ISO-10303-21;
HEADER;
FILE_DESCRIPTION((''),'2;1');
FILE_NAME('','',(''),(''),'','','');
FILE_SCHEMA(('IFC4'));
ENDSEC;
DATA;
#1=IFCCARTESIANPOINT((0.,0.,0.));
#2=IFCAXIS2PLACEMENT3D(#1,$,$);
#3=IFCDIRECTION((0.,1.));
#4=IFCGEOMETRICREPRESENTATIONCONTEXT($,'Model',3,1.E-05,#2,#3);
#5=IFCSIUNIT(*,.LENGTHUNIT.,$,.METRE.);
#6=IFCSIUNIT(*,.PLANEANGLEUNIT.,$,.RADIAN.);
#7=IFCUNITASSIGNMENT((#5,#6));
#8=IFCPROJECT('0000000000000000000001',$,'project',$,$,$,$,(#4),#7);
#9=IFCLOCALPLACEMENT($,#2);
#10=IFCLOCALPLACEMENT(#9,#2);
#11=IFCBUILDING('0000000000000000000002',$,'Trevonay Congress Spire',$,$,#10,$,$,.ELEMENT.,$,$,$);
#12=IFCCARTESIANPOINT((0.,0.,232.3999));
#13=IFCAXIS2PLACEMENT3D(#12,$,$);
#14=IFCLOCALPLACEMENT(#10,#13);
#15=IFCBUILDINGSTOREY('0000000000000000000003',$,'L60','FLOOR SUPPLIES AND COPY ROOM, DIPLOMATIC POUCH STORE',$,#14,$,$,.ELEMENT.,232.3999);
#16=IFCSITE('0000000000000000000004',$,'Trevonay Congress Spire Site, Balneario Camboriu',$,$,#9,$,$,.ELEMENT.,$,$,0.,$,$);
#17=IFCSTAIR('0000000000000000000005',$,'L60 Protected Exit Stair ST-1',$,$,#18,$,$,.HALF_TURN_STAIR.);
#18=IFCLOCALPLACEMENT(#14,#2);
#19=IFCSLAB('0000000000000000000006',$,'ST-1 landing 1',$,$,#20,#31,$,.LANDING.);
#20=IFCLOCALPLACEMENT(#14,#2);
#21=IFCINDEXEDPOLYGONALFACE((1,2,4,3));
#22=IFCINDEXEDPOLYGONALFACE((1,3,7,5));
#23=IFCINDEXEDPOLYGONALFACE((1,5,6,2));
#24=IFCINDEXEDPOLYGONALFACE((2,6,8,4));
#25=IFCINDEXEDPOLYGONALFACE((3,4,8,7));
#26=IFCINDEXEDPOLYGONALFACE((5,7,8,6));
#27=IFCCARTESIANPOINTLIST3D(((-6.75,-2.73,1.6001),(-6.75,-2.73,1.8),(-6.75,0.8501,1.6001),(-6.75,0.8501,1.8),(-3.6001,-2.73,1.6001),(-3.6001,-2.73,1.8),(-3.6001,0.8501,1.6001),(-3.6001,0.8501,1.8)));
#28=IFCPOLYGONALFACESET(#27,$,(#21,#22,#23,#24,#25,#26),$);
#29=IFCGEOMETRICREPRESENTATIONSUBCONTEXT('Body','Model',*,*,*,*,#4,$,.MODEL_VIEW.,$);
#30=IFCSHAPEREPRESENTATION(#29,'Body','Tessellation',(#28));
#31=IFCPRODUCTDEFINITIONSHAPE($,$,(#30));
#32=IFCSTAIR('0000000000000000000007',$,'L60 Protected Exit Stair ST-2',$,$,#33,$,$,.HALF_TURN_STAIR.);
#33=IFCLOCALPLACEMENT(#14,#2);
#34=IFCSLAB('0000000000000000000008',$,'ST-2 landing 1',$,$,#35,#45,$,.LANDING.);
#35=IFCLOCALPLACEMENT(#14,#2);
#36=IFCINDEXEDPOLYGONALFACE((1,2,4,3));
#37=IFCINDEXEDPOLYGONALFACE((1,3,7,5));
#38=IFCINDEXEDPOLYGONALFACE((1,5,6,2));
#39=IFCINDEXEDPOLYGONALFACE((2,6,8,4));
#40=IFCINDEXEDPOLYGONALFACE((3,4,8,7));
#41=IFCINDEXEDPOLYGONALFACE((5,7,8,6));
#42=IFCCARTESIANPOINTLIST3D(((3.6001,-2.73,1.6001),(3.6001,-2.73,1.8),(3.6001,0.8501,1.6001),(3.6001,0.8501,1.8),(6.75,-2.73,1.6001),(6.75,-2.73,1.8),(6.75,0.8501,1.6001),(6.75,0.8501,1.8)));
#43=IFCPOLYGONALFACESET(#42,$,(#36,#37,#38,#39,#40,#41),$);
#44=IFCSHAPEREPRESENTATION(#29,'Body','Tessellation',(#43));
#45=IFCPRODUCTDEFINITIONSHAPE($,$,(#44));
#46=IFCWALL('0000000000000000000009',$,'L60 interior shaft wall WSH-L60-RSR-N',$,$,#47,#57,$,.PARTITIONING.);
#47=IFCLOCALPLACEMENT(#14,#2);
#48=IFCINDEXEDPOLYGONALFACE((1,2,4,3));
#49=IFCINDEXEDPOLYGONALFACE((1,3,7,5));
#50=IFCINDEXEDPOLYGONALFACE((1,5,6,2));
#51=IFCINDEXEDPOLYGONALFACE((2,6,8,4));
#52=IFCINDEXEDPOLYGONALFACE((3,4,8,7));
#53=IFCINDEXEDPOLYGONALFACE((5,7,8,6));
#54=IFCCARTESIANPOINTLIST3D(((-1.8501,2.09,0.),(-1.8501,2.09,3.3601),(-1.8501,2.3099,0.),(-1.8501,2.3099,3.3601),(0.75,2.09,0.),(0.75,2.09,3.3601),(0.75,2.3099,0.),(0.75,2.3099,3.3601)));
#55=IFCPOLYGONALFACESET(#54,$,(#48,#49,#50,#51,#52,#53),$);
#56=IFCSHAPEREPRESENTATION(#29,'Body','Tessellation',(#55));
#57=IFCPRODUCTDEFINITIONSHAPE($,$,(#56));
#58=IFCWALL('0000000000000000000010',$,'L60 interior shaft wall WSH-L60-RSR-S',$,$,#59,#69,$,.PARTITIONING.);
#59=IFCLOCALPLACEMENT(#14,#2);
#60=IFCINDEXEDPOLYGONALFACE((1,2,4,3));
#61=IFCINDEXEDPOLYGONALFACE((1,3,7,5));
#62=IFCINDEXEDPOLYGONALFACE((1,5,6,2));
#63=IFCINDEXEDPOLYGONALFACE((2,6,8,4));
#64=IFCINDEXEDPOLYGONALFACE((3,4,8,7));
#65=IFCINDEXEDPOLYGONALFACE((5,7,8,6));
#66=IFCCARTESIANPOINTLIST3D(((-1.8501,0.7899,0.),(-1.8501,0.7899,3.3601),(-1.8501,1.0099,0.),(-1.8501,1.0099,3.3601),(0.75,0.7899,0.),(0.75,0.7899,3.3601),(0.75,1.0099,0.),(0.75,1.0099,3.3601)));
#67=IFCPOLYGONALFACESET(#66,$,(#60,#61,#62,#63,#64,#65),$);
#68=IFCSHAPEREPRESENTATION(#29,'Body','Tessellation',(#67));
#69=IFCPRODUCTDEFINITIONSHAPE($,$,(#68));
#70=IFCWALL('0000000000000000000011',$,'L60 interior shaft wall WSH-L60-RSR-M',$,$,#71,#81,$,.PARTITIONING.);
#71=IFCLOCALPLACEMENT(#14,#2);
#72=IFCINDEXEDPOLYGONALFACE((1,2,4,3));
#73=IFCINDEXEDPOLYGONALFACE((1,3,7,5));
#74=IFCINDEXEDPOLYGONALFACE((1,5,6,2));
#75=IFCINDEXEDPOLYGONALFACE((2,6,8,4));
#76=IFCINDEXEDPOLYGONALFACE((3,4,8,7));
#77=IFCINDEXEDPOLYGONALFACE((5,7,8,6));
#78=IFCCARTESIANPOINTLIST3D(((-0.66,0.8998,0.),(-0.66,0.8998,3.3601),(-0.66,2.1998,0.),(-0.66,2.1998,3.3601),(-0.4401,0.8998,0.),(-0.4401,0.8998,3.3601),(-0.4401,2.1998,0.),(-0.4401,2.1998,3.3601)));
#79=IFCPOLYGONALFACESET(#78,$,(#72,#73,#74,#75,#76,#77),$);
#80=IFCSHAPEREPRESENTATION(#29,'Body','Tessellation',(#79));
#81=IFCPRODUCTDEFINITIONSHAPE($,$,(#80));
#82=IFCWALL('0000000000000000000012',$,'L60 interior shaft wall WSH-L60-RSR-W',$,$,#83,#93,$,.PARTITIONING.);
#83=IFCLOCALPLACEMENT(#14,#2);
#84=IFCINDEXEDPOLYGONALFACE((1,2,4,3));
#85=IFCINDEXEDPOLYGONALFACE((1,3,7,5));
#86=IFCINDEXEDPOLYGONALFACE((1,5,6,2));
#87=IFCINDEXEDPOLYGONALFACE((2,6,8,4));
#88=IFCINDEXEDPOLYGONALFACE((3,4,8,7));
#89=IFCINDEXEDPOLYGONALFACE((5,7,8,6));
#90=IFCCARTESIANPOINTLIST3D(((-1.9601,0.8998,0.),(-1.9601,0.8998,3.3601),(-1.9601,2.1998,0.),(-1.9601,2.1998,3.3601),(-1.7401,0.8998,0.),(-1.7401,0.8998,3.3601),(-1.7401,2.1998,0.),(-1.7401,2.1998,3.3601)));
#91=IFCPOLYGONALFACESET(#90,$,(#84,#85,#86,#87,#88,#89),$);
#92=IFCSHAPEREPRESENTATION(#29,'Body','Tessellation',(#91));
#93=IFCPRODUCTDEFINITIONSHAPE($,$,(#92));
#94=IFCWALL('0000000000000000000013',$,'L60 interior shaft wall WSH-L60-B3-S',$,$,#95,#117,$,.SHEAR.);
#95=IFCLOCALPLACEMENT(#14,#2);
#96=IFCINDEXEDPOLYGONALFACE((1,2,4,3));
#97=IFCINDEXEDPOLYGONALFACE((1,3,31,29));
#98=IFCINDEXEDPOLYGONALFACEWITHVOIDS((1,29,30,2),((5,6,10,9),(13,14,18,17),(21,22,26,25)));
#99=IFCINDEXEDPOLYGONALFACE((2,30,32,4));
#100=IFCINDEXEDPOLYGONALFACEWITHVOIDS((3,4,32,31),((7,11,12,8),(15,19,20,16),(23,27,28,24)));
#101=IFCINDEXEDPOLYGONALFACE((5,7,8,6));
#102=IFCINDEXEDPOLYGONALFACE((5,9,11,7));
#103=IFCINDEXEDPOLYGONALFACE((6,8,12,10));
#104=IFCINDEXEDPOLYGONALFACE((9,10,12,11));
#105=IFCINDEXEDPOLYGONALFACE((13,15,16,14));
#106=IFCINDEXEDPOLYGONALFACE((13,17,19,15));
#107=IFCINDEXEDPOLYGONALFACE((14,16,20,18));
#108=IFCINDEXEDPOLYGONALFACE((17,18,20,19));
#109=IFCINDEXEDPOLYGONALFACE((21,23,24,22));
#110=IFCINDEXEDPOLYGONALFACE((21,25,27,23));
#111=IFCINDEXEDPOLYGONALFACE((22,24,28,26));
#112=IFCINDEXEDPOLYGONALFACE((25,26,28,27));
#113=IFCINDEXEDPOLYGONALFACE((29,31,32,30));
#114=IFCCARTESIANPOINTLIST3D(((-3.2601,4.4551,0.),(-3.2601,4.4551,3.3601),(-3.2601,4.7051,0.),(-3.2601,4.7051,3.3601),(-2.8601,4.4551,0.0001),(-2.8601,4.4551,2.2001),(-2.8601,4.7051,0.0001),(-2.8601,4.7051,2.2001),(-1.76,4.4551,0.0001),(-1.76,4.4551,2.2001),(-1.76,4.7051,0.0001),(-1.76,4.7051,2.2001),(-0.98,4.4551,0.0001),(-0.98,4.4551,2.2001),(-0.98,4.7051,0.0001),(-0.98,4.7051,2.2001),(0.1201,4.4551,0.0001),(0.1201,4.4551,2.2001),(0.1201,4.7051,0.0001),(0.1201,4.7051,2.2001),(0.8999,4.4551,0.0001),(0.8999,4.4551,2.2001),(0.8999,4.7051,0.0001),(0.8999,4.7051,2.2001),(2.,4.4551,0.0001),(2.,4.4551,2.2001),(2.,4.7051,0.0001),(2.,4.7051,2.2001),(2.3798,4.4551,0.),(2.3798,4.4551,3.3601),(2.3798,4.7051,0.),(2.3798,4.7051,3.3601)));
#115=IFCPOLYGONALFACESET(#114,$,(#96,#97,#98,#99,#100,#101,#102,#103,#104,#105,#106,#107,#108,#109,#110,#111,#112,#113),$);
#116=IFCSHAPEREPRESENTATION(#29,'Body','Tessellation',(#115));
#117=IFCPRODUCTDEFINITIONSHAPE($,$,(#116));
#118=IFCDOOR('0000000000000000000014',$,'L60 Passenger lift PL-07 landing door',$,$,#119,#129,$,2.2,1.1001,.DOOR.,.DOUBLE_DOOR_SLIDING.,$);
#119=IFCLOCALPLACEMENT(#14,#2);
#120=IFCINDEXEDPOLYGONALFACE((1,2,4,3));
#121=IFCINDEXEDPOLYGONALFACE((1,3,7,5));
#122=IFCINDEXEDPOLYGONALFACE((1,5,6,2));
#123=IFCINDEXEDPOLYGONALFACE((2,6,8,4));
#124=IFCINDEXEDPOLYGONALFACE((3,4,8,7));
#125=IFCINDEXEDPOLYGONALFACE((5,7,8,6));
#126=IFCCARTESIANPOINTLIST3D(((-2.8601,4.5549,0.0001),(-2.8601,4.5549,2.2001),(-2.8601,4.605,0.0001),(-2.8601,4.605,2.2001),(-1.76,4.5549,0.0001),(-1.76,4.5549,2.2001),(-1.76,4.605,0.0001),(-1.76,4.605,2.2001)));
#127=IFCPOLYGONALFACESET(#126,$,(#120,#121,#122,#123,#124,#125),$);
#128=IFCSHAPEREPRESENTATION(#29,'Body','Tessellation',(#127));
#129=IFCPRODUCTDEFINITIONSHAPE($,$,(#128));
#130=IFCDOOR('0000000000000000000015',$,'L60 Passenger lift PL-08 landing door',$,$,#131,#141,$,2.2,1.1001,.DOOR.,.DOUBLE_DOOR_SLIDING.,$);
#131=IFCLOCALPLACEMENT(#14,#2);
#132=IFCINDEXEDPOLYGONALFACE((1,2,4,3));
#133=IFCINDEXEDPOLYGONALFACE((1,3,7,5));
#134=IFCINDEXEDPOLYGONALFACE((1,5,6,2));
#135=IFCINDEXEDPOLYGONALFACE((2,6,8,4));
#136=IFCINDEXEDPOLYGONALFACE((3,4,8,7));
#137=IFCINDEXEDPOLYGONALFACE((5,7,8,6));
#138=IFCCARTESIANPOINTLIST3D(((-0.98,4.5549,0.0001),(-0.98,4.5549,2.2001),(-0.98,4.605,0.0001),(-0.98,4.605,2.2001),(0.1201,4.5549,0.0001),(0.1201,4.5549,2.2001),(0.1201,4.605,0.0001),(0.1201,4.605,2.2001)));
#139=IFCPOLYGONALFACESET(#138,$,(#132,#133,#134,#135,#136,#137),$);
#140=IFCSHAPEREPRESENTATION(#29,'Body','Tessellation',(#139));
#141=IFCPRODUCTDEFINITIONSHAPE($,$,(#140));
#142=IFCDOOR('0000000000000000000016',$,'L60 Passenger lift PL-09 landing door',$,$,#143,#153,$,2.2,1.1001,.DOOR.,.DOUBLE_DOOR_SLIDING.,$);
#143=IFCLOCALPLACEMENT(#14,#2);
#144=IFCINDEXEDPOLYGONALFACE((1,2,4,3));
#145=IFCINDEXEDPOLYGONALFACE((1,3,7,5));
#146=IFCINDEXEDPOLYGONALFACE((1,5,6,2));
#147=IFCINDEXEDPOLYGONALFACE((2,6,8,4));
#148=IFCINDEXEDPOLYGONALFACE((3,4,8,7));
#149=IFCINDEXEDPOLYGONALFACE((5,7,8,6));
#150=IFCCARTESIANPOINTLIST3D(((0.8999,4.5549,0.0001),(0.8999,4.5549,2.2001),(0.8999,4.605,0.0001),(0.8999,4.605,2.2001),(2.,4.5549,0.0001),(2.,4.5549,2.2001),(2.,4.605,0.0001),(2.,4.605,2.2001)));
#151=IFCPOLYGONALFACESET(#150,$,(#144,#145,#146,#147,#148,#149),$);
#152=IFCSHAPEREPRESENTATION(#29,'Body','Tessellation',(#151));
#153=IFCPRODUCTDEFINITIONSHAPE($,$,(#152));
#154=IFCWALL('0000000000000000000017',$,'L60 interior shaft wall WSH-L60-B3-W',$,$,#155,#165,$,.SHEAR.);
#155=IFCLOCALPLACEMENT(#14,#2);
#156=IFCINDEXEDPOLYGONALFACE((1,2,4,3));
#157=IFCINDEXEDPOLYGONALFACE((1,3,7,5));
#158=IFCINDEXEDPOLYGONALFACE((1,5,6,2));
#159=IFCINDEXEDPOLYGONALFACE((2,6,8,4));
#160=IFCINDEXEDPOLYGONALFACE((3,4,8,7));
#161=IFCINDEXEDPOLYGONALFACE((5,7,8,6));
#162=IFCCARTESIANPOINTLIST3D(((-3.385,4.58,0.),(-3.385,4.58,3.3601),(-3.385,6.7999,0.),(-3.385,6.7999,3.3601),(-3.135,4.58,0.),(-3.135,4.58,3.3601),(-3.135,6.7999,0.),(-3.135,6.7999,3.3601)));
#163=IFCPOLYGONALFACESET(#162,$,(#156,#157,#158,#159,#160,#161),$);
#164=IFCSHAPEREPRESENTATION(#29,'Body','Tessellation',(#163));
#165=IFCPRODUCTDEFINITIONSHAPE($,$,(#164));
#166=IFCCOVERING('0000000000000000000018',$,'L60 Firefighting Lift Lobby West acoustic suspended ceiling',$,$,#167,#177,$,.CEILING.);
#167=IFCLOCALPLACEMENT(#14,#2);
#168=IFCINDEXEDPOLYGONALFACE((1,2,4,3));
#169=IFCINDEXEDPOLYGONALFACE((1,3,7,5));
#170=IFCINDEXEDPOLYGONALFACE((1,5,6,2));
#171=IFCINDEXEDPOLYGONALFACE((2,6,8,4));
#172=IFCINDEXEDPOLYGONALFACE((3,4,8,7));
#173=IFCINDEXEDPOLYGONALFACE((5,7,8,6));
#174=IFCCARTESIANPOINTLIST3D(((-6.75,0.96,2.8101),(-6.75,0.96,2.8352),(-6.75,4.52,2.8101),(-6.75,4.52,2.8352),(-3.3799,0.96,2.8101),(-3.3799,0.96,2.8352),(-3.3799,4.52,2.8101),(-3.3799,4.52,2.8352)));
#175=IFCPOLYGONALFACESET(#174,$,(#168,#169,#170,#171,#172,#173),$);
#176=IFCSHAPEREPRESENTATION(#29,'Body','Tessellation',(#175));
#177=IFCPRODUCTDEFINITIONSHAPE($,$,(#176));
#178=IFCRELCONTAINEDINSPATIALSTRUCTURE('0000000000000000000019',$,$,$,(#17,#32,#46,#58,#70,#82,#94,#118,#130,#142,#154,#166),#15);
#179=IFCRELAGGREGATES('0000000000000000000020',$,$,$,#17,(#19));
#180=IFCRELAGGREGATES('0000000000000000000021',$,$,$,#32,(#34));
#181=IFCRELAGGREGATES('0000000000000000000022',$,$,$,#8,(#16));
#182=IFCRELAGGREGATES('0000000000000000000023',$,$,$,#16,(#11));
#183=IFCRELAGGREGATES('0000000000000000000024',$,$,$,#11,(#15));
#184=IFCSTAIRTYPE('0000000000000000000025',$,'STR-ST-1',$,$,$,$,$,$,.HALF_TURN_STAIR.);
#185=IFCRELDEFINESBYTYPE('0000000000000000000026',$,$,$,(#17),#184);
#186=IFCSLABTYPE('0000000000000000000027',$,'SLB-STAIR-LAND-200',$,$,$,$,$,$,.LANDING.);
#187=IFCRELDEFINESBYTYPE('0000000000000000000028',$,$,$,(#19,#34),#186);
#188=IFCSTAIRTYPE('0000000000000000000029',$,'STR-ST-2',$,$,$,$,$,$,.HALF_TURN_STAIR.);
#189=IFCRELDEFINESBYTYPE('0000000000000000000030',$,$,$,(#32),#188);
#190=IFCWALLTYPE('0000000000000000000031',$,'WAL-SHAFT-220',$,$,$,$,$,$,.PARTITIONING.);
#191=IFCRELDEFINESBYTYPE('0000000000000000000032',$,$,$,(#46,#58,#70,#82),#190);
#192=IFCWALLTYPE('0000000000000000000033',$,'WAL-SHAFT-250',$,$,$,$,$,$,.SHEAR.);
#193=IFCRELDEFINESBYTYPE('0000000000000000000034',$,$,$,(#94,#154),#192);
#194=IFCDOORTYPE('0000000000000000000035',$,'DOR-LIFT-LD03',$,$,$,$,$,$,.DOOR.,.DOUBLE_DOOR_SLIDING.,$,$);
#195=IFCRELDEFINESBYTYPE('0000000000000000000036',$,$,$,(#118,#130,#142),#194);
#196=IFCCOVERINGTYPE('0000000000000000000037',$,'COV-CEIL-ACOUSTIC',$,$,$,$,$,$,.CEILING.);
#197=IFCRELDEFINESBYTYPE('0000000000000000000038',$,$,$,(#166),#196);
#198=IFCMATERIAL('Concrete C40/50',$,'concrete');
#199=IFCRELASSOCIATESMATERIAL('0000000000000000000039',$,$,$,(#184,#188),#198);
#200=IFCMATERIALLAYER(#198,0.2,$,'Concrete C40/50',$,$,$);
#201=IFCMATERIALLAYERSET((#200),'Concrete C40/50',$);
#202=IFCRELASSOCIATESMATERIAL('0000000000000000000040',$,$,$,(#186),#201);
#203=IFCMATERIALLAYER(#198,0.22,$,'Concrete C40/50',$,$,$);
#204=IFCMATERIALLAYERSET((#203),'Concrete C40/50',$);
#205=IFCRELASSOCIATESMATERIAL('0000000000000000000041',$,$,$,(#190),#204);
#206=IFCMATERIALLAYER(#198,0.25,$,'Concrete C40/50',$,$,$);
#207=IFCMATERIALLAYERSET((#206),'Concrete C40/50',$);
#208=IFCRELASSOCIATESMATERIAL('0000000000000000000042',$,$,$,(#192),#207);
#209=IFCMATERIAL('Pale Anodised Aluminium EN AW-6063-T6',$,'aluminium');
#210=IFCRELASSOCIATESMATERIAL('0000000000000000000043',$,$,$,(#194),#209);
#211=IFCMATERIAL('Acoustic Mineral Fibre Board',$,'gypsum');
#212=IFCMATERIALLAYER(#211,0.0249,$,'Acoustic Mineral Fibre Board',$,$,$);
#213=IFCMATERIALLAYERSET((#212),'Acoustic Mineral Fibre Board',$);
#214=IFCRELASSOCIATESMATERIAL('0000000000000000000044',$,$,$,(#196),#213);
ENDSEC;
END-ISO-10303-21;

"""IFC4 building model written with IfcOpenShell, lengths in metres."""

from ifc_helpers import new_model, si_unit, direction, frame, frame_2d, origin, place, context, subcontext, project, spatial, polyline, rectangle, outline, extrude, material, layer, layer_set, type_object, element, fill, aggregate, save


model = new_model("IFC4")

# Units and contexts
model_context = context("Model", 3, precision=1e-05, world=origin(), true_north=direction((0.0, 1.0)))
body_context = subcontext(model_context, "Body", "Model", "MODEL_VIEW")
ifc_project = project(units=[si_unit("LENGTHUNIT", "METRE"), si_unit("PLANEANGLEUNIT", "RADIAN")], contexts=[model_context])

# Site, building, storey
site_placement = place(None, origin())
site = spatial("IfcSite", under=ifc_project, at=site_placement, Name="Trevonay Congress Spire Site, Balneario Camboriu", CompositionType="ELEMENT", RefElevation=0.0)
building_placement = place(site_placement, origin())
building = spatial("IfcBuilding", under=site, at=building_placement, Name="Trevonay Congress Spire", CompositionType="ELEMENT")
storey_placement = place(building_placement, frame((0.0, 0.0, 232.3999)))
storey = spatial("IfcBuildingStorey", under=building, at=storey_placement, Name="L60", Description="FLOOR SUPPLIES AND COPY ROOM, DIPLOMATIC POUCH STORE", CompositionType="ELEMENT", Elevation=232.3999)

# Stairs, slabs
ifc_material_1 = material(Name="Concrete C40/50", Category="concrete")
stair_type_1 = type_object("IfcStairType", Name="STR-ST-1", PredefinedType="HALF_TURN_STAIR", material=ifc_material_1)
stair_1_placement = place(storey_placement, origin())
stair_1 = element("IfcStair", 1, at=stair_1_placement, inside=storey, type_object=stair_type_1, Name="L60 Protected Exit Stair ST-1", PredefinedType="HALF_TURN_STAIR")
ifc_layer_1 = layer(ifc_material_1, 0.2, Name="Concrete C40/50")
ifc_layer_set_1 = layer_set([ifc_layer_1], Name="Concrete C40/50")
slab_type = type_object("IfcSlabType", Name="SLB-STAIR-LAND-200", PredefinedType="LANDING", material=ifc_layer_set_1)
slab_1_placement = place(storey_placement, frame((0.0, 0.0, 1.6001)))
slab_1 = element("IfcSlab", 2, at=slab_1_placement, type_object=slab_type, Name="ST-1 landing 1", PredefinedType="LANDING", context=body_context, shape_type="SweptSolid", body=[
    extrude(outline(polyline([(-3.6001, -2.73), (-3.6001, 0.8501), (-6.75, 0.8501), (-6.75, -2.73), (-3.6001, -2.73)])), origin(), (0.0, 0.0, 1.0), 0.2),
])
aggregate(stair_1, [slab_1])
stair_type_2 = type_object("IfcStairType", Name="STR-ST-2", PredefinedType="HALF_TURN_STAIR", material=ifc_material_1)
stair_2_placement = place(storey_placement, origin())
stair_2 = element("IfcStair", 3, at=stair_2_placement, inside=storey, type_object=stair_type_2, Name="L60 Protected Exit Stair ST-2", PredefinedType="HALF_TURN_STAIR")
slab_2_placement = place(storey_placement, frame((0.0, 0.0, 1.6001)))
slab_2 = element("IfcSlab", 4, at=slab_2_placement, type_object=slab_type, Name="ST-2 landing 1", PredefinedType="LANDING", context=body_context, shape_type="SweptSolid", body=[
    extrude(outline(polyline([(6.75, -2.73), (6.75, 0.8501), (3.6001, 0.8501), (3.6001, -2.73), (6.75, -2.73)])), origin(), (0.0, 0.0, 1.0), 0.2),
])
aggregate(stair_2, [slab_2])

# Walls
ifc_layer_2 = layer(ifc_material_1, 0.22, Name="Concrete C40/50")
ifc_layer_set_2 = layer_set([ifc_layer_2], Name="Concrete C40/50")
wall_type_1 = type_object("IfcWallType", Name="WAL-SHAFT-220", PredefinedType="PARTITIONING", material=ifc_layer_set_2)
for number, where, z_axis, x_axis, name in (
    (5, (-1.8501, 2.2, 0.0), (0.0, 0.0, 1.0), (1.0, 0.0, 0.0), "L60 interior shaft wall WSH-L60-RSR-N"),
    (6, (-1.8501, 0.8999, 0.0), (0.0, 0.0, 1.0), (1.0, 0.0, 0.0), "L60 interior shaft wall WSH-L60-RSR-S"),
):
    element("IfcWall", number, at=place(storey_placement, frame(where, z_axis=z_axis, x_axis=x_axis)), inside=storey, type_object=wall_type_1, Name=name, PredefinedType="PARTITIONING", context=body_context, shape_type="SweptSolid", body=[
        extrude(rectangle(XDim=2.6001, YDim=0.22, at=frame_2d((1.3, 0.0))), origin(), (0.0, 0.0, 1.0), 3.3601),
    ])
for number, where, z_axis, x_axis, name in (
    (7, (-0.55, 0.8999, 0.0), (0.0, 0.0, 1.0), (0.0, 1.0, 0.0), "L60 interior shaft wall WSH-L60-RSR-M"),
    (8, (-1.8501, 0.8999, 0.0), (0.0, 0.0, 1.0), (0.0, 1.0, 0.0), "L60 interior shaft wall WSH-L60-RSR-W"),
):
    element("IfcWall", number, at=place(storey_placement, frame(where, z_axis=z_axis, x_axis=x_axis)), inside=storey, type_object=wall_type_1, Name=name, PredefinedType="PARTITIONING", context=body_context, shape_type="SweptSolid", body=[
        extrude(rectangle(XDim=1.3, YDim=0.22, at=frame_2d((0.6499, 0.0))), origin(), (0.0, 0.0, 1.0), 3.3601),
    ])

# Wall, openings, doors
ifc_layer_3 = layer(ifc_material_1, 0.25, Name="Concrete C40/50")
ifc_layer_set_3 = layer_set([ifc_layer_3], Name="Concrete C40/50")
wall_type_2 = type_object("IfcWallType", Name="WAL-SHAFT-250", PredefinedType="SHEAR", material=ifc_layer_set_3)
wall_1_placement = place(storey_placement, frame((-3.26, 4.5801, 0.0), z_axis=(0.0, 0.0, 1.0), x_axis=(1.0, 0.0, 0.0)))
wall_1 = element("IfcWall", 9, at=wall_1_placement, inside=storey, type_object=wall_type_2, Name="L60 interior shaft wall WSH-L60-B3-S", PredefinedType="SHEAR", context=body_context, shape_type="SweptSolid", body=[
    extrude(rectangle(XDim=5.6399, YDim=0.25, at=frame_2d((2.8198, 0.0))), origin(), (0.0, 0.0, 1.0), 3.3601),
])
opening_1_placement = place(wall_1_placement, frame((0.3999, 0.0, 0.0)))
opening_1 = element("IfcOpeningElement", 10, at=opening_1_placement, cuts=wall_1, PredefinedType="OPENING", context=body_context, shape_type="SweptSolid", body=[
    extrude(rectangle(XDim=1.1001, YDim=2.2, at=frame_2d((0.55, 1.1001))), frame((0.0, 0.135, 0.0), z_axis=(0.0, -1.0, 0.0), x_axis=(1.0, 0.0, 0.0)), (0.0, 0.0, 1.0), 0.27),
])
opening_2_placement = place(wall_1_placement, frame((2.28, 0.0, 0.0)))
opening_2 = element("IfcOpeningElement", 11, at=opening_2_placement, cuts=wall_1, PredefinedType="OPENING", context=body_context, shape_type="SweptSolid", body=[
    extrude(rectangle(XDim=1.1001, YDim=2.2, at=frame_2d((0.55, 1.1001))), frame((0.0, 0.135, 0.0), z_axis=(0.0, -1.0, 0.0), x_axis=(1.0, 0.0, 0.0)), (0.0, 0.0, 1.0), 0.27),
])
opening_3_placement = place(wall_1_placement, frame((4.1599, 0.0, 0.0)))
opening_3 = element("IfcOpeningElement", 12, at=opening_3_placement, cuts=wall_1, PredefinedType="OPENING", context=body_context, shape_type="SweptSolid", body=[
    extrude(rectangle(XDim=1.1001, YDim=2.2, at=frame_2d((0.55, 1.1001))), frame((0.0, 0.135, 0.0), z_axis=(0.0, -1.0, 0.0), x_axis=(1.0, 0.0, 0.0)), (0.0, 0.0, 1.0), 0.27),
])
ifc_material_2 = material(Name="Pale Anodised Aluminium EN AW-6063-T6", Category="aluminium")
door_type = type_object("IfcDoorType", Name="DOR-LIFT-LD03", OperationType="DOUBLE_DOOR_SLIDING", PredefinedType="DOOR", material=ifc_material_2)
door_1_placement = place(opening_1_placement, origin())
door_1 = element("IfcDoor", 13, at=door_1_placement, inside=storey, type_object=door_type, Name="L60 Passenger lift PL-07 landing door", OperationType="DOUBLE_DOOR_SLIDING", OverallHeight=2.2, OverallWidth=1.1001, PredefinedType="DOOR", context=body_context, shape_type="SweptSolid", body=[
    extrude(rectangle(XDim=1.1001, YDim=2.2, at=frame_2d((0.55, 1.1001))), frame((0.0, 0.0249, 0.0), z_axis=(0.0, -1.0, 0.0), x_axis=(1.0, 0.0, 0.0)), (0.0, 0.0, 1.0), 0.05),
])
fill(opening_1, door_1)
door_2_placement = place(opening_2_placement, origin())
door_2 = element("IfcDoor", 14, at=door_2_placement, inside=storey, type_object=door_type, Name="L60 Passenger lift PL-08 landing door", OperationType="DOUBLE_DOOR_SLIDING", OverallHeight=2.2, OverallWidth=1.1001, PredefinedType="DOOR", context=body_context, shape_type="SweptSolid", body=[
    extrude(rectangle(XDim=1.1001, YDim=2.2, at=frame_2d((0.55, 1.1001))), frame((0.0, 0.0249, 0.0), z_axis=(0.0, -1.0, 0.0), x_axis=(1.0, 0.0, 0.0)), (0.0, 0.0, 1.0), 0.05),
])
fill(opening_2, door_2)
door_3_placement = place(opening_3_placement, origin())
door_3 = element("IfcDoor", 15, at=door_3_placement, inside=storey, type_object=door_type, Name="L60 Passenger lift PL-09 landing door", OperationType="DOUBLE_DOOR_SLIDING", OverallHeight=2.2, OverallWidth=1.1001, PredefinedType="DOOR", context=body_context, shape_type="SweptSolid", body=[
    extrude(rectangle(XDim=1.1001, YDim=2.2, at=frame_2d((0.55, 1.1001))), frame((0.0, 0.0249, 0.0), z_axis=(0.0, -1.0, 0.0), x_axis=(1.0, 0.0, 0.0)), (0.0, 0.0, 1.0), 0.05),
])
fill(opening_3, door_3)

# Wall
wall_2_placement = place(storey_placement, frame((-3.26, 4.5801, 0.0), z_axis=(0.0, 0.0, 1.0), x_axis=(0.0, 1.0, 0.0)))
element("IfcWall", 16, at=wall_2_placement, inside=storey, type_object=wall_type_2, Name="L60 interior shaft wall WSH-L60-B3-W", PredefinedType="SHEAR", context=body_context, shape_type="SweptSolid", body=[
    extrude(rectangle(XDim=2.22, YDim=0.25, at=frame_2d((1.1099, 0.0))), origin(), (0.0, 0.0, 1.0), 3.3601),
])

# Covering
ifc_material_3 = material(Name="Acoustic Mineral Fibre Board", Category="gypsum")
ifc_layer_4 = layer(ifc_material_3, 0.0249, Name="Acoustic Mineral Fibre Board")
ifc_layer_set_4 = layer_set([ifc_layer_4], Name="Acoustic Mineral Fibre Board")
covering_type_1 = type_object("IfcCoveringType", Name="COV-CEIL-ACOUSTIC", PredefinedType="CEILING", material=ifc_layer_set_4)
covering_1_placement = place(storey_placement, frame((0.0, 0.0, 2.8101)))
element("IfcCovering", 17, at=covering_1_placement, inside=storey, type_object=covering_type_1, Name="L60 Firefighting Lift Lobby West acoustic suspended ceiling", PredefinedType="CEILING", context=body_context, shape_type="SweptSolid", body=[
    extrude(outline(polyline([(-6.75, 0.96), (-3.3799, 0.96), (-3.3799, 4.52), (-6.75, 4.52), (-6.75, 0.96)])), origin(), (0.0, 0.0, 1.0), 0.0251),
])

save(model, "model.ifc")
